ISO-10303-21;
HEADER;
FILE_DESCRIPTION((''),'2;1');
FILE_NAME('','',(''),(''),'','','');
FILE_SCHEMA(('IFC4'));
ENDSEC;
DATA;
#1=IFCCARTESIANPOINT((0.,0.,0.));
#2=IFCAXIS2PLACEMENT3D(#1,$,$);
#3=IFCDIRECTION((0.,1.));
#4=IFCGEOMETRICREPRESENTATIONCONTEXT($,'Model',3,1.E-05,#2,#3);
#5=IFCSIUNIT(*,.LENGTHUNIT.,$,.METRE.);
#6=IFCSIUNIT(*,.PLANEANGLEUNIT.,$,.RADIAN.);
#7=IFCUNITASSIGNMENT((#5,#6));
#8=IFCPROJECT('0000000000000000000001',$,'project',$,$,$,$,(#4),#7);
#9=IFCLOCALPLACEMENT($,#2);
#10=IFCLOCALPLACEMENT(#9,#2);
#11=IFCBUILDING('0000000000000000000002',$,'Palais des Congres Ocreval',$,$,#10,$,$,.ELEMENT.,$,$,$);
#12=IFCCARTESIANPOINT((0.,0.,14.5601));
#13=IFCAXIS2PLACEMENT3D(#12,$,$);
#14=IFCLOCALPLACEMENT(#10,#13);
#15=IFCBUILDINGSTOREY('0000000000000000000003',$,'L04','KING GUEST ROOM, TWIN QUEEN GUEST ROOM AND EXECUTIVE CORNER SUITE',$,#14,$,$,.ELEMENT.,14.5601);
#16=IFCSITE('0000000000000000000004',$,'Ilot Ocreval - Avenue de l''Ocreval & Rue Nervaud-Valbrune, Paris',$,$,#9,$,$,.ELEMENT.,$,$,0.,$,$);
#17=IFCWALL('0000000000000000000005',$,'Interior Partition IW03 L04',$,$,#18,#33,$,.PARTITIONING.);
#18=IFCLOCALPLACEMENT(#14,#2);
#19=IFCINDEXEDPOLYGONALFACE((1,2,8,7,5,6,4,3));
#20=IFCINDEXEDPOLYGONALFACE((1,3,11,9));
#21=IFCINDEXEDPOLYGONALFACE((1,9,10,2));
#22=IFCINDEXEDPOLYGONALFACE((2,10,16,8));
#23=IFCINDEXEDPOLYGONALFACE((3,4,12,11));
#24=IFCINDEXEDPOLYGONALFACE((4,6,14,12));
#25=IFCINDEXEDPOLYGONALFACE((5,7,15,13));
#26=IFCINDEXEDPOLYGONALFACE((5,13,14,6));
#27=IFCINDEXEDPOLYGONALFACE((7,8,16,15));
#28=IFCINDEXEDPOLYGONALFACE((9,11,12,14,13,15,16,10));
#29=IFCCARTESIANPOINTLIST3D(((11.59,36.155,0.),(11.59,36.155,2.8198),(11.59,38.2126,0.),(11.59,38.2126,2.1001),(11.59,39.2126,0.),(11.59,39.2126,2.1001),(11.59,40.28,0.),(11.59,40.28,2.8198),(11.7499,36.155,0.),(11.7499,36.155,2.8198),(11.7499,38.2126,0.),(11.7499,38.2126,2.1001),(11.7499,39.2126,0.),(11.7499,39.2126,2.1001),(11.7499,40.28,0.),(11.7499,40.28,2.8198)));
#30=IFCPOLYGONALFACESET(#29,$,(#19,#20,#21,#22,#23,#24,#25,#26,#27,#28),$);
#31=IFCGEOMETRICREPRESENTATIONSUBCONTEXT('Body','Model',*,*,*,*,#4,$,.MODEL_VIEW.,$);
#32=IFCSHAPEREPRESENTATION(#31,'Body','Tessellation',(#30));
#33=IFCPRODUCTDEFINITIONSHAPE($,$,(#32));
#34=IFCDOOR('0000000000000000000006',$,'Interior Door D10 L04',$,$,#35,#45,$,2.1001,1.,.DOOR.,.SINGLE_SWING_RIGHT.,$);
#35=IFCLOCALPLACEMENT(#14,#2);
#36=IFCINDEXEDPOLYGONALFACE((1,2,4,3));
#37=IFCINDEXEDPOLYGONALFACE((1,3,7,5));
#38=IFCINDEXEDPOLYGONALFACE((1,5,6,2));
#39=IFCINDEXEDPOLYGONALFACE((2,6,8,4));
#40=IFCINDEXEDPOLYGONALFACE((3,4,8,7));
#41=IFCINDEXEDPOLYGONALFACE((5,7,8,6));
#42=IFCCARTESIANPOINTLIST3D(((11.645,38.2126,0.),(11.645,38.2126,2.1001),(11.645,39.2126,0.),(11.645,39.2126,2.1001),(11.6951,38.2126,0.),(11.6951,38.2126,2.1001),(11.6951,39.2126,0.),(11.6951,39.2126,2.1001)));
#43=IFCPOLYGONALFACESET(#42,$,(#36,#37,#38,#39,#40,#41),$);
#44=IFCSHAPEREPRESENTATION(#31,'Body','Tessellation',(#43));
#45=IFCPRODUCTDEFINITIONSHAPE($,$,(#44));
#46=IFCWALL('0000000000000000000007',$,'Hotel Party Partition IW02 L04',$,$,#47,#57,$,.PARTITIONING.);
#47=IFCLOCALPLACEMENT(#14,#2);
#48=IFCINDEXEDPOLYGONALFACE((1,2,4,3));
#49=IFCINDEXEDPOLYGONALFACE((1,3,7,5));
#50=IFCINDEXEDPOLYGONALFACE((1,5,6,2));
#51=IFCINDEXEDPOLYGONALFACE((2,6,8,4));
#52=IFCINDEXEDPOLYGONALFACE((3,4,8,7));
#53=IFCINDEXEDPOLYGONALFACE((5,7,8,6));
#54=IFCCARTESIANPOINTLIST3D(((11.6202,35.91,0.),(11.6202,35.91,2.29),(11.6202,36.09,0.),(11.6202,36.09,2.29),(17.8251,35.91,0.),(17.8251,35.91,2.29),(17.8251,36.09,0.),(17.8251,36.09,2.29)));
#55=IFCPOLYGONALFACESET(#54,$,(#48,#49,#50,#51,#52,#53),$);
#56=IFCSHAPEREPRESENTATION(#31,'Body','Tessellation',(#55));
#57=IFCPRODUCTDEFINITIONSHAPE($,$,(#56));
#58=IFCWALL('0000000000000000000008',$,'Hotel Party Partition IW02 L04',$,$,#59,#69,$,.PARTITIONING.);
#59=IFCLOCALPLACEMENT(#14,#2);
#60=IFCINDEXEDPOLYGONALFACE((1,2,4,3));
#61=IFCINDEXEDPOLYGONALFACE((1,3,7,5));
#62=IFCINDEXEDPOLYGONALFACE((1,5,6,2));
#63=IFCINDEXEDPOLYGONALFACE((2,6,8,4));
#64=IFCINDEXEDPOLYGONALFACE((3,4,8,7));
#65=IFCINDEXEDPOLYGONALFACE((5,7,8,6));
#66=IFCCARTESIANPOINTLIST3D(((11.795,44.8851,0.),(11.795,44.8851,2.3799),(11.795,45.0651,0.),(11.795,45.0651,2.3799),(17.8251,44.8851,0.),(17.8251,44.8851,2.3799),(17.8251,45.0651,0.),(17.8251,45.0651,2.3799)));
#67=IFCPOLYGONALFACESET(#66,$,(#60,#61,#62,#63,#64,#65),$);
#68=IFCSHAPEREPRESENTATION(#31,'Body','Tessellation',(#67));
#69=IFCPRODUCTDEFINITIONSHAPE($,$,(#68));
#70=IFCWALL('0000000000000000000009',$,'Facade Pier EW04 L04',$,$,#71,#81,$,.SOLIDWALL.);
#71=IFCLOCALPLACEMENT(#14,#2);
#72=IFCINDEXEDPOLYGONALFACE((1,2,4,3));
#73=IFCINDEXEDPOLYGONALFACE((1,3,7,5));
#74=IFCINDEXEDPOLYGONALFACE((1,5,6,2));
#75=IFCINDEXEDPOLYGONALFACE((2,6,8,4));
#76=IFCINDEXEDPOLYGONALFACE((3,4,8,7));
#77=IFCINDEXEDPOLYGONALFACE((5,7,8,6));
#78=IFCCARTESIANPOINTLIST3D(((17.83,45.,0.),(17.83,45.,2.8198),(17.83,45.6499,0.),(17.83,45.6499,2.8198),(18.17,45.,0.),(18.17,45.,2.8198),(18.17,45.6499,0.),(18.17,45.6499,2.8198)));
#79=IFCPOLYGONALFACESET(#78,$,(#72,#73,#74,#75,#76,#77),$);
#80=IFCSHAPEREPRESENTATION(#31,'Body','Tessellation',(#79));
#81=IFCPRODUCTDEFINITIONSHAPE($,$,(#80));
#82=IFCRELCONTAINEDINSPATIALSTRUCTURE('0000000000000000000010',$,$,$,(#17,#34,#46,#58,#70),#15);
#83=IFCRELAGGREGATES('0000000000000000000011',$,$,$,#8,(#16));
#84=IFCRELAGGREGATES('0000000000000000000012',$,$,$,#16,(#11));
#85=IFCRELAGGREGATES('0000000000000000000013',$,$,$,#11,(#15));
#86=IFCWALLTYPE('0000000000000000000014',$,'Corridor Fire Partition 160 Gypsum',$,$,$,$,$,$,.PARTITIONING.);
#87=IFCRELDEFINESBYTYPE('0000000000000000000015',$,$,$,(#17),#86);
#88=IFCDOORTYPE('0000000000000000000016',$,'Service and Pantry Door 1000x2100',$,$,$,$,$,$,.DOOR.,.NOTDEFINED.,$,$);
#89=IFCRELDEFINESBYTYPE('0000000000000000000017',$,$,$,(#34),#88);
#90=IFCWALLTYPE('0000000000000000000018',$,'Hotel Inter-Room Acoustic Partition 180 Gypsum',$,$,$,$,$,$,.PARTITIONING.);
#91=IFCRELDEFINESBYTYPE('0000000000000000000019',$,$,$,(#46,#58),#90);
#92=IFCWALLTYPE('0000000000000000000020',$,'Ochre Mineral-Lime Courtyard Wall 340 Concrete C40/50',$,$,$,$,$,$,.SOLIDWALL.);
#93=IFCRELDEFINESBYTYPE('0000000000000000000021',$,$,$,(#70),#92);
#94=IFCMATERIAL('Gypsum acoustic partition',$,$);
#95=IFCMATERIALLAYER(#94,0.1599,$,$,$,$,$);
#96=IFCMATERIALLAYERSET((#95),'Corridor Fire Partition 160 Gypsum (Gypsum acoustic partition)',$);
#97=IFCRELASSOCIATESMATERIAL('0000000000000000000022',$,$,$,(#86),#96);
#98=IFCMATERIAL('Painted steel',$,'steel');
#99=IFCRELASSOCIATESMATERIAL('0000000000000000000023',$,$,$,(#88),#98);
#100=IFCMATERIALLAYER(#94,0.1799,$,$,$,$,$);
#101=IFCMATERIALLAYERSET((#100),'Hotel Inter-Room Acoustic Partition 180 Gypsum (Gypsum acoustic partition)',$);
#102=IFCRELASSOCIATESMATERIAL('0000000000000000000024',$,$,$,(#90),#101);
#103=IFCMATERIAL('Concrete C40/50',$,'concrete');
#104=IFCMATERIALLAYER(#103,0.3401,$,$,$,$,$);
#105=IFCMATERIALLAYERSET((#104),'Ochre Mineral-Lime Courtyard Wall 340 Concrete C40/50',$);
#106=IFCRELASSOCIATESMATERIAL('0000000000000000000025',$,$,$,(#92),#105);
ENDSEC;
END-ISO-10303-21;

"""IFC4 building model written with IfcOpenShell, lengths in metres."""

from ifc_helpers import new_model, si_unit, direction, frame, frame_2d, origin, place, context, subcontext, project, spatial, rectangle, extrude, material, layer, layer_set, type_object, element, fill, save


model = new_model("IFC4")

# Units and contexts
model_context = context("Model", 3, precision=1e-05, world=origin(), true_north=direction((0.0, 1.0)))
body_context = subcontext(model_context, "Body", "Model", "MODEL_VIEW")
ifc_project = project(units=[si_unit("LENGTHUNIT", "METRE"), si_unit("PLANEANGLEUNIT", "RADIAN")], contexts=[model_context])

# Site, building, storey
site_placement = place(None, origin())
site = spatial("IfcSite", under=ifc_project, at=site_placement, Name="Ilot Ocreval - Avenue de l'Ocreval & Rue Nervaud-Valbrune, Paris", CompositionType="ELEMENT", RefElevation=0.0)
building_placement = place(site_placement, origin())
building = spatial("IfcBuilding", under=site, at=building_placement, Name="Palais des Congres Ocreval", CompositionType="ELEMENT")
storey_placement = place(building_placement, frame((0.0, 0.0, 14.5601)))
storey = spatial("IfcBuildingStorey", under=building, at=storey_placement, Name="L04", Description="KING GUEST ROOM, TWIN QUEEN GUEST ROOM AND EXECUTIVE CORNER SUITE", CompositionType="ELEMENT", Elevation=14.5601)

# Shared definitions
ifc_material_1 = material(Name="Concrete C40/50", Category="concrete")

# Shared definitions
ifc_material_2 = material(Name="Gypsum acoustic partition")
ifc_layer_1 = layer(ifc_material_2, 0.1599)
ifc_layer_set_1 = layer_set([ifc_layer_1], Name="Corridor Fire Partition 160 Gypsum (Gypsum acoustic partition)")
wall_type_1 = type_object("IfcWallType", Name="Corridor Fire Partition 160 Gypsum", PredefinedType="PARTITIONING", material=ifc_layer_set_1)

# Wall, opening, door
wall_1_placement = place(storey_placement, frame((11.6699, 36.155, 0.0), z_axis=(0.0, 0.0, 1.0), x_axis=(0.0, 1.0, 0.0)))
wall_1 = element("IfcWall", 1, at=wall_1_placement, inside=storey, type_object=wall_type_1, Name="Interior Partition IW03 L04", PredefinedType="PARTITIONING", context=body_context, shape_type="SweptSolid", body=[
    extrude(rectangle(XDim=4.125, YDim=0.1599, at=frame_2d((2.0625, 0.0))), origin(), (0.0, 0.0, 1.0), 2.8198),
])
opening_1_placement = place(wall_1_placement, frame((2.0576, 0.0, 0.0)))
opening_1 = element("IfcOpeningElement", 2, at=opening_1_placement, cuts=wall_1, PredefinedType="OPENING", context=body_context, shape_type="SweptSolid", body=[
    extrude(rectangle(XDim=1.0, YDim=2.1001, at=frame_2d((0.5, 1.05))), frame((0.0, 0.0898, 0.0), z_axis=(0.0, -1.0, 0.0), x_axis=(1.0, 0.0, 0.0)), (0.0, 0.0, 1.0), 0.1799),
])
ifc_material_3 = material(Name="Painted steel", Category="steel")
door_type_1 = type_object("IfcDoorType", Name="Service and Pantry Door 1000x2100", OperationType="NOTDEFINED", PredefinedType="DOOR", material=ifc_material_3)
door_1_placement = place(opening_1_placement, origin())
door_1 = element("IfcDoor", 3, at=door_1_placement, inside=storey, type_object=door_type_1, Name="Interior Door D10 L04", OperationType="SINGLE_SWING_RIGHT", OverallHeight=2.1001, OverallWidth=1.0, PredefinedType="DOOR", context=body_context, shape_type="SweptSolid", body=[
    extrude(rectangle(XDim=1.0, YDim=2.1001, at=frame_2d((0.5, 1.05))), frame((0.0, 0.0249, 0.0), z_axis=(0.0, -1.0, 0.0), x_axis=(1.0, 0.0, 0.0)), (0.0, 0.0, 1.0), 0.05),
])
fill(opening_1, door_1)

# Walls
ifc_layer_2 = layer(ifc_material_2, 0.1799)
ifc_layer_set_2 = layer_set([ifc_layer_2], Name="Hotel Inter-Room Acoustic Partition 180 Gypsum (Gypsum acoustic partition)")
wall_type_2 = type_object("IfcWallType", Name="Hotel Inter-Room Acoustic Partition 180 Gypsum", PredefinedType="PARTITIONING", material=ifc_layer_set_2)
wall_2_placement = place(storey_placement, frame((11.6201, 36.0, 0.0), z_axis=(0.0, 0.0, 1.0), x_axis=(1.0, 0.0, 0.0)))
element("IfcWall", 4, at=wall_2_placement, inside=storey, type_object=wall_type_2, Name="Hotel Party Partition IW02 L04", PredefinedType="PARTITIONING", context=body_context, shape_type="SweptSolid", body=[
    extrude(rectangle(XDim=6.2048, YDim=0.1799, at=frame_2d((3.1025, 0.0))), origin(), (0.0, 0.0, 1.0), 2.29),
])
wall_3_placement = place(storey_placement, frame((11.7949, 44.9751, 0.0), z_axis=(0.0, 0.0, 1.0), x_axis=(1.0, 0.0, 0.0)))
element("IfcWall", 5, at=wall_3_placement, inside=storey, type_object=wall_type_2, Name="Hotel Party Partition IW02 L04", PredefinedType="PARTITIONING", context=body_context, shape_type="SweptSolid", body=[
    extrude(rectangle(XDim=6.03, YDim=0.1799, at=frame_2d((3.0151, 0.0))), origin(), (0.0, 0.0, 1.0), 2.3799),
])
ifc_layer_3 = layer(ifc_material_1, 0.3401)
ifc_layer_set_3 = layer_set([ifc_layer_3], Name="Ochre Mineral-Lime Courtyard Wall 340 Concrete C40/50")
wall_type_3 = type_object("IfcWallType", Name="Ochre Mineral-Lime Courtyard Wall 340 Concrete C40/50", PredefinedType="SOLIDWALL", material=ifc_layer_set_3)
wall_4_placement = place(storey_placement, frame((18.0, 45.6499, 0.0), z_axis=(0.0, 0.0, 1.0), x_axis=(0.0, -1.0, 0.0)))
element("IfcWall", 6, at=wall_4_placement, inside=storey, type_object=wall_type_3, Name="Facade Pier EW04 L04", PredefinedType="SOLIDWALL", context=body_context, shape_type="SweptSolid", body=[
    extrude(rectangle(XDim=0.6499, YDim=0.3401, at=frame_2d((0.325, 0.0))), origin(), (0.0, 0.0, 1.0), 2.8198),
])

save(model, "model.ifc")
